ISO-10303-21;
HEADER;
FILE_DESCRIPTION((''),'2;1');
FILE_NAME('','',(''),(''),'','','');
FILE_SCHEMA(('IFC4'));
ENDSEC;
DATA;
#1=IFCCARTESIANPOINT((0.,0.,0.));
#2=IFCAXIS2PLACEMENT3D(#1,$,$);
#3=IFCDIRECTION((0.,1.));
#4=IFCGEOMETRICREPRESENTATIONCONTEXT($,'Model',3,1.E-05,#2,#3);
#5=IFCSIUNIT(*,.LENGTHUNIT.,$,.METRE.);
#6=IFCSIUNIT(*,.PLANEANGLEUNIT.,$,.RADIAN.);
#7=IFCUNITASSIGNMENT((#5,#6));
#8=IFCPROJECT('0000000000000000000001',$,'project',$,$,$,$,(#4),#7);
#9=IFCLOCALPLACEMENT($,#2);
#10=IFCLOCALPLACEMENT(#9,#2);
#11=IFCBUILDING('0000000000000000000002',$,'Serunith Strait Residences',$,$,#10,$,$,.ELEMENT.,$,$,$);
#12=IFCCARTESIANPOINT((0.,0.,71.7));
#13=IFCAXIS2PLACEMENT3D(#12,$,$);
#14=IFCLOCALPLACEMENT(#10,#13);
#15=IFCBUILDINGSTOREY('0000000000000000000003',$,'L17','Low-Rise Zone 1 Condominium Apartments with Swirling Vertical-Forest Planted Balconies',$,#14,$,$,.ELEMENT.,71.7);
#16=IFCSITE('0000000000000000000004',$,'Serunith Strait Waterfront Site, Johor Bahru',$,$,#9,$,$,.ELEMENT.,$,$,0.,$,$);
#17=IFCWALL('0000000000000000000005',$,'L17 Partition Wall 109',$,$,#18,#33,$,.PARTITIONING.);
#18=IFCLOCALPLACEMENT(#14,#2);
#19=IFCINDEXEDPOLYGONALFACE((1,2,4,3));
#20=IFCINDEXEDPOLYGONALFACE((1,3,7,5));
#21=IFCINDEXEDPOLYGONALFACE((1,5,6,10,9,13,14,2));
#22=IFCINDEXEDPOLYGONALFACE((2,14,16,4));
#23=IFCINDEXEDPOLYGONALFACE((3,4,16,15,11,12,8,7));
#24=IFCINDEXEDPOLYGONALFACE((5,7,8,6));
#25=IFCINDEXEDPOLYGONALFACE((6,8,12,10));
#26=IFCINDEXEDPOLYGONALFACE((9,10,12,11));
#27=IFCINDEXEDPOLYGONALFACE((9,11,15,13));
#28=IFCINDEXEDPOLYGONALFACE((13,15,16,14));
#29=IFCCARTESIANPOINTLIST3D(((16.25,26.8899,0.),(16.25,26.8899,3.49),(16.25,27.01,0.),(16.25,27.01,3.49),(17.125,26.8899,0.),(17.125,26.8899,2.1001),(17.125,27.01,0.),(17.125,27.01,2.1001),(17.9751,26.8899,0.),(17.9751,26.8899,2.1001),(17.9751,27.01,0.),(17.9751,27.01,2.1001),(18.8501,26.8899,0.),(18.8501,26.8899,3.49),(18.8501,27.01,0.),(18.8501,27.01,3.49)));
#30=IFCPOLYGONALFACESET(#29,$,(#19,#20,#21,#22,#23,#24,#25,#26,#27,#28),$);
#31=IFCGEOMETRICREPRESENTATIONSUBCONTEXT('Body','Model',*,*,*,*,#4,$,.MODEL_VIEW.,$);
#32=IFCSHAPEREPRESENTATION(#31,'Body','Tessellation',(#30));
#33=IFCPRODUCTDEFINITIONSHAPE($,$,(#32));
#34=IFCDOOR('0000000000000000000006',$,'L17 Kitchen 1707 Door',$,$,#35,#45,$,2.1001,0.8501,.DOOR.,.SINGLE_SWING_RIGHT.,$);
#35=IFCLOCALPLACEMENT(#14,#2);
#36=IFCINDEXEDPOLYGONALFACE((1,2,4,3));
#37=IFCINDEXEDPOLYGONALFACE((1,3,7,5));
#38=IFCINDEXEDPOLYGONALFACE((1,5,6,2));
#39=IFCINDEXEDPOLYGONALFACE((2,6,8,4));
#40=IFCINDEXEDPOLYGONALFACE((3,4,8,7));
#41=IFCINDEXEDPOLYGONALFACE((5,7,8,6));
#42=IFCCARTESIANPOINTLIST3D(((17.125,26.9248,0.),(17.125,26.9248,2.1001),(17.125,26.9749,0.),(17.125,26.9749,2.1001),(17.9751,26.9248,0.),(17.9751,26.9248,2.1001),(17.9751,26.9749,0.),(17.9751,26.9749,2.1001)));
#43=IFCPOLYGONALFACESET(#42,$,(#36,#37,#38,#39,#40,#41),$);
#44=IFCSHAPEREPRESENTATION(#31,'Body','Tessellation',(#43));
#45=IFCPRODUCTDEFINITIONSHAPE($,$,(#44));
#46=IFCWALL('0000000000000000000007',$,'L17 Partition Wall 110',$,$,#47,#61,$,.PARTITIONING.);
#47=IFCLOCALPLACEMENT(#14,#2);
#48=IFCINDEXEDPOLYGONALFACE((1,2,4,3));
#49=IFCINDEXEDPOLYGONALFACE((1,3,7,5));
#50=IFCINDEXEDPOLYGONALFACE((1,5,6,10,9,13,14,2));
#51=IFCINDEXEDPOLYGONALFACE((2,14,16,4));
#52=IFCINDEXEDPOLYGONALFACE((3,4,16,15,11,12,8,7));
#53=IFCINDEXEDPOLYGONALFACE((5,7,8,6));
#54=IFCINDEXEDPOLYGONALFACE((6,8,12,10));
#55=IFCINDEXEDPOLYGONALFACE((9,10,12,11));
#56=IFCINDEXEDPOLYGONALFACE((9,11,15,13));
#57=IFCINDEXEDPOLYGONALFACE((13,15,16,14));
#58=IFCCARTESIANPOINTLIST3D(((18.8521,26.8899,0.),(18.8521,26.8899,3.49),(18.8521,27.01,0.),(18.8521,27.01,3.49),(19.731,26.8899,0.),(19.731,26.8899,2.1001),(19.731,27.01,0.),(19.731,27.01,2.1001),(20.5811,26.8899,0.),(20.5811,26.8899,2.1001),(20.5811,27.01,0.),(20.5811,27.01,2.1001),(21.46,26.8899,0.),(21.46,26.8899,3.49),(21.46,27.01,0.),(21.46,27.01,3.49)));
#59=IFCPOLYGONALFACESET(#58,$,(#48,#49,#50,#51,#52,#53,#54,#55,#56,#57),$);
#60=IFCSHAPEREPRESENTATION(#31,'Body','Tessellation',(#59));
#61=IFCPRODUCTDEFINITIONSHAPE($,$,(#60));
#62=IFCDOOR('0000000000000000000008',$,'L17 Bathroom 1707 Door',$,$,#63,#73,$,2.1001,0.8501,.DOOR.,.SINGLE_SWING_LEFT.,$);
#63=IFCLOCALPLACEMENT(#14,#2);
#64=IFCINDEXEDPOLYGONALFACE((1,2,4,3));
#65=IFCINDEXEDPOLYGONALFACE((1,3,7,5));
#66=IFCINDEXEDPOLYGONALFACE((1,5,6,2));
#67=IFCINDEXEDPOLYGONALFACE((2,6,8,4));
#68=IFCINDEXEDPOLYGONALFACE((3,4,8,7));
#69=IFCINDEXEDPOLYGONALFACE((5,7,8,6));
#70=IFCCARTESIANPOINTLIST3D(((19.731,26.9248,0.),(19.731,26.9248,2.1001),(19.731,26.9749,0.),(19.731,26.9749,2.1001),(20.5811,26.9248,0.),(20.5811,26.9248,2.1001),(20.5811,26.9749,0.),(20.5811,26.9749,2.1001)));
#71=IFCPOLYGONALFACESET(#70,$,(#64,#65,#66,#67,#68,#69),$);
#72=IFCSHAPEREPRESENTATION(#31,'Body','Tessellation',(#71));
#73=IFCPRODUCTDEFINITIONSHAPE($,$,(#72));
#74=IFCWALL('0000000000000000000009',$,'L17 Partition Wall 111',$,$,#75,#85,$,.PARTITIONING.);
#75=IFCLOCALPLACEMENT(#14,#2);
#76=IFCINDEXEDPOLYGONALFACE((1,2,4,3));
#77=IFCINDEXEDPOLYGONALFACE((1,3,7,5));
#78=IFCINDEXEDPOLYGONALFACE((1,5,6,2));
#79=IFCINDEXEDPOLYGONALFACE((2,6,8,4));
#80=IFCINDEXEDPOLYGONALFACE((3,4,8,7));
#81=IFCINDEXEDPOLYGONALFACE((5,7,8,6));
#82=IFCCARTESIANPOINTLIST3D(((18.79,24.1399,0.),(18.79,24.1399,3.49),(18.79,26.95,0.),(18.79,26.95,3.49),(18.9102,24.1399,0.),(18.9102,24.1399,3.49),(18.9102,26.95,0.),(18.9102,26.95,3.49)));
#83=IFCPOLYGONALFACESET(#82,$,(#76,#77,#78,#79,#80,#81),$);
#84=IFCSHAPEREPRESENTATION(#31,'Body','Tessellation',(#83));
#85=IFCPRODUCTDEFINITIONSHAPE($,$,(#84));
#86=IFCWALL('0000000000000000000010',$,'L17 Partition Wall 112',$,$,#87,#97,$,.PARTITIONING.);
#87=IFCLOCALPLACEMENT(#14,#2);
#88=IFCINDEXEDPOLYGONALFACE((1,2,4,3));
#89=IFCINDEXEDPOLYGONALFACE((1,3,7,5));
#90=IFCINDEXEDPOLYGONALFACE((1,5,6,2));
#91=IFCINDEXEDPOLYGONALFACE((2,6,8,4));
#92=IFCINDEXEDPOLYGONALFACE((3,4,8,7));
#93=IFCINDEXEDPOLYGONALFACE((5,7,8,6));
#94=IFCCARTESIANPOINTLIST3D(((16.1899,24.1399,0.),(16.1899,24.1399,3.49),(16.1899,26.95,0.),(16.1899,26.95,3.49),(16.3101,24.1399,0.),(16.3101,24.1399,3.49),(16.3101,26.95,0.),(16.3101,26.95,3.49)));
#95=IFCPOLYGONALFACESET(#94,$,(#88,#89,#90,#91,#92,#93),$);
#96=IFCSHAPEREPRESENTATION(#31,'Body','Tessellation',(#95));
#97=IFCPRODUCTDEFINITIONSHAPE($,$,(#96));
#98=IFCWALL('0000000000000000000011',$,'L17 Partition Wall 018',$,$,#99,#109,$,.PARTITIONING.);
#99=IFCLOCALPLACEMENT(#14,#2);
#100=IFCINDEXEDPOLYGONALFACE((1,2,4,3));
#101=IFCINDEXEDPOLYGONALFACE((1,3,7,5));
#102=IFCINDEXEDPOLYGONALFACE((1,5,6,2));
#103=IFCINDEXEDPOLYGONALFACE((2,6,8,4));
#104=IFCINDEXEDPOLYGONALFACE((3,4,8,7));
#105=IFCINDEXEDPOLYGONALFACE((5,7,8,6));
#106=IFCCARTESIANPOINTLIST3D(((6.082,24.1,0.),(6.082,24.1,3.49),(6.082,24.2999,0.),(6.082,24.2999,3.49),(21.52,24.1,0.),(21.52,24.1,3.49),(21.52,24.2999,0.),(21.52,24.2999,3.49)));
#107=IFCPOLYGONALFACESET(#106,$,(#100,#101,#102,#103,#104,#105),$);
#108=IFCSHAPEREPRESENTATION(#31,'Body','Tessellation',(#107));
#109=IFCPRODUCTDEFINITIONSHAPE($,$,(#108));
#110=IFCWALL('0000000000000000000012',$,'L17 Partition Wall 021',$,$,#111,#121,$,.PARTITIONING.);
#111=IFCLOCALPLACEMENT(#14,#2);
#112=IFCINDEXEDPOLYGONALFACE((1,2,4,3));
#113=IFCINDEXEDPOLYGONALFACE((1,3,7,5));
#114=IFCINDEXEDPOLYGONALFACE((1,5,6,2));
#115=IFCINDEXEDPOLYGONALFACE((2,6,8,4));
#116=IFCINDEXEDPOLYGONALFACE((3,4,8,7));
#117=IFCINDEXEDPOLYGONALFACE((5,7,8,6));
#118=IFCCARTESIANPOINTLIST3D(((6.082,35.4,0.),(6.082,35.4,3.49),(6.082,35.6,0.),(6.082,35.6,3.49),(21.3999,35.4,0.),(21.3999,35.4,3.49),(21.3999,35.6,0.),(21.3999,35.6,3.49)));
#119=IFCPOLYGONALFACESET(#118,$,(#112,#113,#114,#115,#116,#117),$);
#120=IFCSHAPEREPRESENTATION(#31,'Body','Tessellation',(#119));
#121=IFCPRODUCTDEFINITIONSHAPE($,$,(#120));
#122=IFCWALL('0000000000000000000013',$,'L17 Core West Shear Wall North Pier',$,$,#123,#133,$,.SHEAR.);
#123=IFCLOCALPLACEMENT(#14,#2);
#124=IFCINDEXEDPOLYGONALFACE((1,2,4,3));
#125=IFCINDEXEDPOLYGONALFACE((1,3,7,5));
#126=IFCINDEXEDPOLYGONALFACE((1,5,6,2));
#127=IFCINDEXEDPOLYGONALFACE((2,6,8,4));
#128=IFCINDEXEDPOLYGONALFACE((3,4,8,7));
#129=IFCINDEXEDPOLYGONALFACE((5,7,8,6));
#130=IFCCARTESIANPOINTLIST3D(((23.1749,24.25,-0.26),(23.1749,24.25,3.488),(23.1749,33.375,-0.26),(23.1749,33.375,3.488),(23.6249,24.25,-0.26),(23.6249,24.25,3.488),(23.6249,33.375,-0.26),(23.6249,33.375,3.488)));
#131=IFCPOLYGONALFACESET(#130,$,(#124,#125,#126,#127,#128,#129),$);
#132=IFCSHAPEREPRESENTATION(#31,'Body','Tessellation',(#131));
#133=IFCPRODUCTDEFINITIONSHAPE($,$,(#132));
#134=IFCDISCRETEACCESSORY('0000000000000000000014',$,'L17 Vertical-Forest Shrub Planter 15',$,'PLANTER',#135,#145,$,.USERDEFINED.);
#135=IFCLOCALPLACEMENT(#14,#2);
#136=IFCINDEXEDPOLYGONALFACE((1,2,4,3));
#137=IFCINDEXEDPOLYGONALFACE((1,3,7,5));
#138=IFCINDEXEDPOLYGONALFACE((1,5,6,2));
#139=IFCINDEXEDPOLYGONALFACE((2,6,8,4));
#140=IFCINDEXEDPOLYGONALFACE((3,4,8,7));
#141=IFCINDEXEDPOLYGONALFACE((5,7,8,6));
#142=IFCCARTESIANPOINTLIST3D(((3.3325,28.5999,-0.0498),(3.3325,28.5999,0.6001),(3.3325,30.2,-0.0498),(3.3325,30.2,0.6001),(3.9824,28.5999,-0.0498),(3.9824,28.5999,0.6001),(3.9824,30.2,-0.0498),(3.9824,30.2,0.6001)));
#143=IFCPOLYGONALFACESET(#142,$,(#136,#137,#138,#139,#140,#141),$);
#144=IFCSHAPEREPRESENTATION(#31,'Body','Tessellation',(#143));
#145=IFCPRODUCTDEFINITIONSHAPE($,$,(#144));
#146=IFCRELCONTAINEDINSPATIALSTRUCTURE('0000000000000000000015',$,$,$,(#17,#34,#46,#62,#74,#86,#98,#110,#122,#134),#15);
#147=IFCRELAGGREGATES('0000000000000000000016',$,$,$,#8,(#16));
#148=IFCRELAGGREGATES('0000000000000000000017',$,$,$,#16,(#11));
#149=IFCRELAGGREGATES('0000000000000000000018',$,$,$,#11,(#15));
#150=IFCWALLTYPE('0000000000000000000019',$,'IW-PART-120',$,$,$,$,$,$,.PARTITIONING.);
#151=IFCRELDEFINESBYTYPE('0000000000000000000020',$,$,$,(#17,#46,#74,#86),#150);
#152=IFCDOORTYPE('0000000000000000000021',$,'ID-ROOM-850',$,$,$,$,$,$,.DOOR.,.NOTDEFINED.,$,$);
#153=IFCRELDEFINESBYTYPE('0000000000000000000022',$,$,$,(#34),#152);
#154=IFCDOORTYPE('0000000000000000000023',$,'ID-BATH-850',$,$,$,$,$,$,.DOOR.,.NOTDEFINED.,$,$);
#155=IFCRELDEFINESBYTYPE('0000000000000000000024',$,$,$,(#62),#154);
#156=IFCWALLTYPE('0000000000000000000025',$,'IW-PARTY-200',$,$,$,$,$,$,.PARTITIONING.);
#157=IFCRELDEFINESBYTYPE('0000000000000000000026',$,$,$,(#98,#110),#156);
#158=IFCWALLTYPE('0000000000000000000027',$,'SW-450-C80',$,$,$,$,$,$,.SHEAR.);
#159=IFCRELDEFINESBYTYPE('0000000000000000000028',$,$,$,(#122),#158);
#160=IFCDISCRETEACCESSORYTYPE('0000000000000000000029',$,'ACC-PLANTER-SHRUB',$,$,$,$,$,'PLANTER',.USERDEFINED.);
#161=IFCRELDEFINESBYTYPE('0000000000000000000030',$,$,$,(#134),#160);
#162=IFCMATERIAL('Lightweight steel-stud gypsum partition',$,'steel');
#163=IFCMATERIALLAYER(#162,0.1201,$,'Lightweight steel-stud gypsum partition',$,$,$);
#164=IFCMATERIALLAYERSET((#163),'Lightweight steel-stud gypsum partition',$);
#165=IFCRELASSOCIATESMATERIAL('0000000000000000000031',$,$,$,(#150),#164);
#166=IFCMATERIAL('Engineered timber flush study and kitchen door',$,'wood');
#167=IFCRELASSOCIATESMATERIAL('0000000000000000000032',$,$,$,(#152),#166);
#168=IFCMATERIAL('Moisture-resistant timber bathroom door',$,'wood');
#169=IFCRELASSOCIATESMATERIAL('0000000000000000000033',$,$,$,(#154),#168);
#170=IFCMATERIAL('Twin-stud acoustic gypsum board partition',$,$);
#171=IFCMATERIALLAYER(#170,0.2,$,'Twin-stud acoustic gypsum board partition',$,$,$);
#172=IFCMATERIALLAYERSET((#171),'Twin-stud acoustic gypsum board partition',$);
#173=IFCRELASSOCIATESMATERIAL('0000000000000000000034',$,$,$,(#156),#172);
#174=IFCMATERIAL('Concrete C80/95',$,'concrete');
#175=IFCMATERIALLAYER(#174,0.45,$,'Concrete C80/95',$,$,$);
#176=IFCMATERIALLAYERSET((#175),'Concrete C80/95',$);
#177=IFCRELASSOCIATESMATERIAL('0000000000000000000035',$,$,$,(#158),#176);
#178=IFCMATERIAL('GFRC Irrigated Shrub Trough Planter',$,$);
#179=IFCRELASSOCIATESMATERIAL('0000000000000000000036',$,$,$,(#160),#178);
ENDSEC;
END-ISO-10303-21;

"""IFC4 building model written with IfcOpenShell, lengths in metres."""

from ifc_helpers import new_model, si_unit, direction, frame, frame_2d, origin, origin_2d, place, context, subcontext, project, spatial, rectangle, extrude, source, transform, mapped, material, layer, layer_set, type_object, element, fill, save


model = new_model("IFC4")

# Units and contexts
model_context = context("Model", 3, precision=1e-05, world=origin(), true_north=direction((0.0, 1.0)))
body_context = subcontext(model_context, "Body", "Model", "MODEL_VIEW")
ifc_project = project(units=[si_unit("LENGTHUNIT", "METRE"), si_unit("PLANEANGLEUNIT", "RADIAN")], contexts=[model_context])

# Site, building, storey
site_placement = place(None, origin())
site = spatial("IfcSite", under=ifc_project, at=site_placement, Name="Serunith Strait Waterfront Site, Johor Bahru", CompositionType="ELEMENT", RefElevation=0.0)
building_placement = place(site_placement, origin())
building = spatial("IfcBuilding", under=site, at=building_placement, Name="Serunith Strait Residences", CompositionType="ELEMENT")
storey_placement = place(building_placement, frame((0.0, 0.0, 71.7)))
storey = spatial("IfcBuildingStorey", under=building, at=storey_placement, Name="L17", Description="Low-Rise Zone 1 Condominium Apartments with Swirling Vertical-Forest Planted Balconies", CompositionType="ELEMENT", Elevation=71.7)

# Walls, openings, doors
ifc_material_1 = material(Name="Lightweight steel-stud gypsum partition", Category="steel")
ifc_layer_1 = layer(ifc_material_1, 0.1201, Name="Lightweight steel-stud gypsum partition")
ifc_layer_set_1 = layer_set([ifc_layer_1], Name="Lightweight steel-stud gypsum partition")
wall_type_1 = type_object("IfcWallType", Name="IW-PART-120", PredefinedType="PARTITIONING", material=ifc_layer_set_1)
ifc_material_2 = material(Name="Engineered timber flush study and kitchen door", Category="wood")
door_type_1 = type_object("IfcDoorType", Name="ID-ROOM-850", OperationType="NOTDEFINED", PredefinedType="DOOR", material=ifc_material_2)
shared_shape_1 = source(origin(), body_context, "Body", "SweptSolid", [
    extrude(rectangle(XDim=0.8501, YDim=2.1001, at=frame_2d((0.425, 1.05))), frame((0.0, 0.0249, 0.0), z_axis=(0.0, -1.0, 0.0), x_axis=(1.0, 0.0, 0.0)), (0.0, 0.0, 1.0), 0.05),
])
wall_1_placement = place(storey_placement, frame((16.25, 26.95, 0.0), z_axis=(0.0, 0.0, 1.0), x_axis=(1.0, 0.0, 0.0)))
wall_1 = element("IfcWall", 1, at=wall_1_placement, inside=storey, type_object=wall_type_1, Name="L17 Partition Wall 109", PredefinedType="PARTITIONING", context=body_context, shape_type="SweptSolid", body=[
    extrude(rectangle(XDim=2.6001, YDim=0.1201, at=frame_2d((1.3, 0.0))), origin(), (0.0, 0.0, 1.0), 3.49),
])
opening_1_placement = place(wall_1_placement, frame((0.875, 0.0, 0.0)))
opening_1 = element("IfcOpeningElement", 2, at=opening_1_placement, cuts=wall_1, PredefinedType="OPENING", context=body_context, shape_type="SweptSolid", body=[
    extrude(rectangle(XDim=0.8501, YDim=2.1001, at=frame_2d((0.425, 1.05))), frame((0.0, 0.0701, 0.0), z_axis=(0.0, -1.0, 0.0), x_axis=(1.0, 0.0, 0.0)), (0.0, 0.0, 1.0), 0.1401),
])
door_1_placement = place(opening_1_placement, origin())
door_1 = element("IfcDoor", 3, at=door_1_placement, inside=storey, type_object=door_type_1, Name="L17 Kitchen 1707 Door", OperationType="SINGLE_SWING_RIGHT", OverallHeight=2.1001, OverallWidth=0.8501, PredefinedType="DOOR", context=body_context, shape_type="MappedRepresentation", body=[
    mapped(shared_shape_1, transform((0.0, 0.0, 0.0), scale=1.0)),
])
fill(opening_1, door_1)
wall_2_placement = place(storey_placement, frame((18.8521, 26.95, 0.0), z_axis=(0.0, 0.0, 1.0), x_axis=(1.0, 0.0, 0.0)))
wall_2 = element("IfcWall", 4, at=wall_2_placement, inside=storey, type_object=wall_type_1, Name="L17 Partition Wall 110", PredefinedType="PARTITIONING", context=body_context, shape_type="SweptSolid", body=[
    extrude(rectangle(XDim=2.6079, YDim=0.1201, at=frame_2d((1.304, 0.0))), origin(), (0.0, 0.0, 1.0), 3.49),
])
opening_2_placement = place(wall_2_placement, frame((0.8789, 0.0, 0.0)))
opening_2 = element("IfcOpeningElement", 5, at=opening_2_placement, cuts=wall_2, PredefinedType="OPENING", context=body_context, shape_type="SweptSolid", body=[
    extrude(rectangle(XDim=0.8501, YDim=2.1001, at=frame_2d((0.425, 1.05))), frame((0.0, 0.0701, 0.0), z_axis=(0.0, -1.0, 0.0), x_axis=(1.0, 0.0, 0.0)), (0.0, 0.0, 1.0), 0.1401),
])
ifc_material_3 = material(Name="Moisture-resistant timber bathroom door", Category="wood")
door_type_2 = type_object("IfcDoorType", Name="ID-BATH-850", OperationType="NOTDEFINED", PredefinedType="DOOR", material=ifc_material_3)
door_2_placement = place(opening_2_placement, origin())
door_2 = element("IfcDoor", 6, at=door_2_placement, inside=storey, type_object=door_type_2, Name="L17 Bathroom 1707 Door", OperationType="SINGLE_SWING_LEFT", OverallHeight=2.1001, OverallWidth=0.8501, PredefinedType="DOOR", context=body_context, shape_type="MappedRepresentation", body=[
    mapped(shared_shape_1, transform((0.0, 0.0, 0.0), scale=1.0)),
])
fill(opening_2, door_2)

# Walls
for number, where, z_axis, x_axis, name in (
    (7, (18.8501, 24.1399, 0.0), (0.0, 0.0, 1.0), (0.0, 1.0, 0.0), "L17 Partition Wall 111"),
    (8, (16.25, 24.1399, 0.0), (0.0, 0.0, 1.0), (0.0, 1.0, 0.0), "L17 Partition Wall 112"),
):
    element("IfcWall", number, at=place(storey_placement, frame(where, z_axis=z_axis, x_axis=x_axis)), inside=storey, type_object=wall_type_1, Name=name, PredefinedType="PARTITIONING", context=body_context, shape_type="SweptSolid", body=[
        extrude(rectangle(XDim=2.8101, YDim=0.1201, at=frame_2d((1.405, 0.0))), origin(), (0.0, 0.0, 1.0), 3.49),
    ])
ifc_material_4 = material(Name="Twin-stud acoustic gypsum board partition")
ifc_layer_2 = layer(ifc_material_4, 0.2, Name="Twin-stud acoustic gypsum board partition")
ifc_layer_set_2 = layer_set([ifc_layer_2], Name="Twin-stud acoustic gypsum board partition")
wall_type_2 = type_object("IfcWallType", Name="IW-PARTY-200", PredefinedType="PARTITIONING", material=ifc_layer_set_2)
wall_3_placement = place(storey_placement, frame((6.082, 24.2, 0.0), z_axis=(0.0, 0.0, 1.0), x_axis=(1.0, 0.0, 0.0)))
element("IfcWall", 9, at=wall_3_placement, inside=storey, type_object=wall_type_2, Name="L17 Partition Wall 018", PredefinedType="PARTITIONING", context=body_context, shape_type="SweptSolid", body=[
    extrude(rectangle(XDim=15.438, YDim=0.2, at=frame_2d((7.719, 0.0))), origin(), (0.0, 0.0, 1.0), 3.49),
])
wall_4_placement = place(storey_placement, frame((6.082, 35.5, 0.0), z_axis=(0.0, 0.0, 1.0), x_axis=(1.0, 0.0, 0.0)))
element("IfcWall", 10, at=wall_4_placement, inside=storey, type_object=wall_type_2, Name="L17 Partition Wall 021", PredefinedType="PARTITIONING", context=body_context, shape_type="SweptSolid", body=[
    extrude(rectangle(XDim=15.3179, YDim=0.2, at=frame_2d((7.6589, 0.0))), origin(), (0.0, 0.0, 1.0), 3.49),
])

# Wall
ifc_material_5 = material(Name="Concrete C80/95", Category="concrete")
ifc_layer_3 = layer(ifc_material_5, 0.45, Name="Concrete C80/95")
ifc_layer_set_3 = layer_set([ifc_layer_3], Name="Concrete C80/95")
wall_type_3 = type_object("IfcWallType", Name="SW-450-C80", PredefinedType="SHEAR", material=ifc_layer_set_3)
wall_5_placement = place(storey_placement, frame((23.3999, 24.25, -0.26), z_axis=(0.0, 0.0, 1.0), x_axis=(0.0, 1.0, 0.0)))
element("IfcWall", 11, at=wall_5_placement, inside=storey, type_object=wall_type_3, Name="L17 Core West Shear Wall North Pier", PredefinedType="SHEAR", context=body_context, shape_type="SweptSolid", body=[
    extrude(rectangle(XDim=9.125, YDim=0.45, at=frame_2d((4.5625, 0.0))), origin(), (0.0, 0.0, 1.0), 3.748),
])

# Discrete accessory
ifc_material_6 = material(Name="GFRC Irrigated Shrub Trough Planter")
discrete_accessory_type = type_object("IfcDiscreteAccessoryType", Name="ACC-PLANTER-SHRUB", ElementType="PLANTER", PredefinedType="USERDEFINED", material=ifc_material_6)
shared_shape_2 = source(origin(), body_context, "Body", "SweptSolid", [
    extrude(rectangle(XDim=1.6001, YDim=0.6499, at=origin_2d()), origin(), (0.0, 0.0, 1.0), 0.6499),
])
discrete_accessory_placement = place(storey_placement, frame((3.6575, 29.3999, -0.0498), z_axis=(0.0, 0.0, 1.0), x_axis=(0.0, -1.0, 0.0)))
element("IfcDiscreteAccessory", 12, at=discrete_accessory_placement, inside=storey, type_object=discrete_accessory_type, Name="L17 Vertical-Forest Shrub Planter 15", ObjectType="PLANTER", PredefinedType="USERDEFINED", context=body_context, shape_type="MappedRepresentation", body=[
    mapped(shared_shape_2, transform((0.0, 0.0, 0.0), scale=1.0)),
])

save(model, "model.ifc")
